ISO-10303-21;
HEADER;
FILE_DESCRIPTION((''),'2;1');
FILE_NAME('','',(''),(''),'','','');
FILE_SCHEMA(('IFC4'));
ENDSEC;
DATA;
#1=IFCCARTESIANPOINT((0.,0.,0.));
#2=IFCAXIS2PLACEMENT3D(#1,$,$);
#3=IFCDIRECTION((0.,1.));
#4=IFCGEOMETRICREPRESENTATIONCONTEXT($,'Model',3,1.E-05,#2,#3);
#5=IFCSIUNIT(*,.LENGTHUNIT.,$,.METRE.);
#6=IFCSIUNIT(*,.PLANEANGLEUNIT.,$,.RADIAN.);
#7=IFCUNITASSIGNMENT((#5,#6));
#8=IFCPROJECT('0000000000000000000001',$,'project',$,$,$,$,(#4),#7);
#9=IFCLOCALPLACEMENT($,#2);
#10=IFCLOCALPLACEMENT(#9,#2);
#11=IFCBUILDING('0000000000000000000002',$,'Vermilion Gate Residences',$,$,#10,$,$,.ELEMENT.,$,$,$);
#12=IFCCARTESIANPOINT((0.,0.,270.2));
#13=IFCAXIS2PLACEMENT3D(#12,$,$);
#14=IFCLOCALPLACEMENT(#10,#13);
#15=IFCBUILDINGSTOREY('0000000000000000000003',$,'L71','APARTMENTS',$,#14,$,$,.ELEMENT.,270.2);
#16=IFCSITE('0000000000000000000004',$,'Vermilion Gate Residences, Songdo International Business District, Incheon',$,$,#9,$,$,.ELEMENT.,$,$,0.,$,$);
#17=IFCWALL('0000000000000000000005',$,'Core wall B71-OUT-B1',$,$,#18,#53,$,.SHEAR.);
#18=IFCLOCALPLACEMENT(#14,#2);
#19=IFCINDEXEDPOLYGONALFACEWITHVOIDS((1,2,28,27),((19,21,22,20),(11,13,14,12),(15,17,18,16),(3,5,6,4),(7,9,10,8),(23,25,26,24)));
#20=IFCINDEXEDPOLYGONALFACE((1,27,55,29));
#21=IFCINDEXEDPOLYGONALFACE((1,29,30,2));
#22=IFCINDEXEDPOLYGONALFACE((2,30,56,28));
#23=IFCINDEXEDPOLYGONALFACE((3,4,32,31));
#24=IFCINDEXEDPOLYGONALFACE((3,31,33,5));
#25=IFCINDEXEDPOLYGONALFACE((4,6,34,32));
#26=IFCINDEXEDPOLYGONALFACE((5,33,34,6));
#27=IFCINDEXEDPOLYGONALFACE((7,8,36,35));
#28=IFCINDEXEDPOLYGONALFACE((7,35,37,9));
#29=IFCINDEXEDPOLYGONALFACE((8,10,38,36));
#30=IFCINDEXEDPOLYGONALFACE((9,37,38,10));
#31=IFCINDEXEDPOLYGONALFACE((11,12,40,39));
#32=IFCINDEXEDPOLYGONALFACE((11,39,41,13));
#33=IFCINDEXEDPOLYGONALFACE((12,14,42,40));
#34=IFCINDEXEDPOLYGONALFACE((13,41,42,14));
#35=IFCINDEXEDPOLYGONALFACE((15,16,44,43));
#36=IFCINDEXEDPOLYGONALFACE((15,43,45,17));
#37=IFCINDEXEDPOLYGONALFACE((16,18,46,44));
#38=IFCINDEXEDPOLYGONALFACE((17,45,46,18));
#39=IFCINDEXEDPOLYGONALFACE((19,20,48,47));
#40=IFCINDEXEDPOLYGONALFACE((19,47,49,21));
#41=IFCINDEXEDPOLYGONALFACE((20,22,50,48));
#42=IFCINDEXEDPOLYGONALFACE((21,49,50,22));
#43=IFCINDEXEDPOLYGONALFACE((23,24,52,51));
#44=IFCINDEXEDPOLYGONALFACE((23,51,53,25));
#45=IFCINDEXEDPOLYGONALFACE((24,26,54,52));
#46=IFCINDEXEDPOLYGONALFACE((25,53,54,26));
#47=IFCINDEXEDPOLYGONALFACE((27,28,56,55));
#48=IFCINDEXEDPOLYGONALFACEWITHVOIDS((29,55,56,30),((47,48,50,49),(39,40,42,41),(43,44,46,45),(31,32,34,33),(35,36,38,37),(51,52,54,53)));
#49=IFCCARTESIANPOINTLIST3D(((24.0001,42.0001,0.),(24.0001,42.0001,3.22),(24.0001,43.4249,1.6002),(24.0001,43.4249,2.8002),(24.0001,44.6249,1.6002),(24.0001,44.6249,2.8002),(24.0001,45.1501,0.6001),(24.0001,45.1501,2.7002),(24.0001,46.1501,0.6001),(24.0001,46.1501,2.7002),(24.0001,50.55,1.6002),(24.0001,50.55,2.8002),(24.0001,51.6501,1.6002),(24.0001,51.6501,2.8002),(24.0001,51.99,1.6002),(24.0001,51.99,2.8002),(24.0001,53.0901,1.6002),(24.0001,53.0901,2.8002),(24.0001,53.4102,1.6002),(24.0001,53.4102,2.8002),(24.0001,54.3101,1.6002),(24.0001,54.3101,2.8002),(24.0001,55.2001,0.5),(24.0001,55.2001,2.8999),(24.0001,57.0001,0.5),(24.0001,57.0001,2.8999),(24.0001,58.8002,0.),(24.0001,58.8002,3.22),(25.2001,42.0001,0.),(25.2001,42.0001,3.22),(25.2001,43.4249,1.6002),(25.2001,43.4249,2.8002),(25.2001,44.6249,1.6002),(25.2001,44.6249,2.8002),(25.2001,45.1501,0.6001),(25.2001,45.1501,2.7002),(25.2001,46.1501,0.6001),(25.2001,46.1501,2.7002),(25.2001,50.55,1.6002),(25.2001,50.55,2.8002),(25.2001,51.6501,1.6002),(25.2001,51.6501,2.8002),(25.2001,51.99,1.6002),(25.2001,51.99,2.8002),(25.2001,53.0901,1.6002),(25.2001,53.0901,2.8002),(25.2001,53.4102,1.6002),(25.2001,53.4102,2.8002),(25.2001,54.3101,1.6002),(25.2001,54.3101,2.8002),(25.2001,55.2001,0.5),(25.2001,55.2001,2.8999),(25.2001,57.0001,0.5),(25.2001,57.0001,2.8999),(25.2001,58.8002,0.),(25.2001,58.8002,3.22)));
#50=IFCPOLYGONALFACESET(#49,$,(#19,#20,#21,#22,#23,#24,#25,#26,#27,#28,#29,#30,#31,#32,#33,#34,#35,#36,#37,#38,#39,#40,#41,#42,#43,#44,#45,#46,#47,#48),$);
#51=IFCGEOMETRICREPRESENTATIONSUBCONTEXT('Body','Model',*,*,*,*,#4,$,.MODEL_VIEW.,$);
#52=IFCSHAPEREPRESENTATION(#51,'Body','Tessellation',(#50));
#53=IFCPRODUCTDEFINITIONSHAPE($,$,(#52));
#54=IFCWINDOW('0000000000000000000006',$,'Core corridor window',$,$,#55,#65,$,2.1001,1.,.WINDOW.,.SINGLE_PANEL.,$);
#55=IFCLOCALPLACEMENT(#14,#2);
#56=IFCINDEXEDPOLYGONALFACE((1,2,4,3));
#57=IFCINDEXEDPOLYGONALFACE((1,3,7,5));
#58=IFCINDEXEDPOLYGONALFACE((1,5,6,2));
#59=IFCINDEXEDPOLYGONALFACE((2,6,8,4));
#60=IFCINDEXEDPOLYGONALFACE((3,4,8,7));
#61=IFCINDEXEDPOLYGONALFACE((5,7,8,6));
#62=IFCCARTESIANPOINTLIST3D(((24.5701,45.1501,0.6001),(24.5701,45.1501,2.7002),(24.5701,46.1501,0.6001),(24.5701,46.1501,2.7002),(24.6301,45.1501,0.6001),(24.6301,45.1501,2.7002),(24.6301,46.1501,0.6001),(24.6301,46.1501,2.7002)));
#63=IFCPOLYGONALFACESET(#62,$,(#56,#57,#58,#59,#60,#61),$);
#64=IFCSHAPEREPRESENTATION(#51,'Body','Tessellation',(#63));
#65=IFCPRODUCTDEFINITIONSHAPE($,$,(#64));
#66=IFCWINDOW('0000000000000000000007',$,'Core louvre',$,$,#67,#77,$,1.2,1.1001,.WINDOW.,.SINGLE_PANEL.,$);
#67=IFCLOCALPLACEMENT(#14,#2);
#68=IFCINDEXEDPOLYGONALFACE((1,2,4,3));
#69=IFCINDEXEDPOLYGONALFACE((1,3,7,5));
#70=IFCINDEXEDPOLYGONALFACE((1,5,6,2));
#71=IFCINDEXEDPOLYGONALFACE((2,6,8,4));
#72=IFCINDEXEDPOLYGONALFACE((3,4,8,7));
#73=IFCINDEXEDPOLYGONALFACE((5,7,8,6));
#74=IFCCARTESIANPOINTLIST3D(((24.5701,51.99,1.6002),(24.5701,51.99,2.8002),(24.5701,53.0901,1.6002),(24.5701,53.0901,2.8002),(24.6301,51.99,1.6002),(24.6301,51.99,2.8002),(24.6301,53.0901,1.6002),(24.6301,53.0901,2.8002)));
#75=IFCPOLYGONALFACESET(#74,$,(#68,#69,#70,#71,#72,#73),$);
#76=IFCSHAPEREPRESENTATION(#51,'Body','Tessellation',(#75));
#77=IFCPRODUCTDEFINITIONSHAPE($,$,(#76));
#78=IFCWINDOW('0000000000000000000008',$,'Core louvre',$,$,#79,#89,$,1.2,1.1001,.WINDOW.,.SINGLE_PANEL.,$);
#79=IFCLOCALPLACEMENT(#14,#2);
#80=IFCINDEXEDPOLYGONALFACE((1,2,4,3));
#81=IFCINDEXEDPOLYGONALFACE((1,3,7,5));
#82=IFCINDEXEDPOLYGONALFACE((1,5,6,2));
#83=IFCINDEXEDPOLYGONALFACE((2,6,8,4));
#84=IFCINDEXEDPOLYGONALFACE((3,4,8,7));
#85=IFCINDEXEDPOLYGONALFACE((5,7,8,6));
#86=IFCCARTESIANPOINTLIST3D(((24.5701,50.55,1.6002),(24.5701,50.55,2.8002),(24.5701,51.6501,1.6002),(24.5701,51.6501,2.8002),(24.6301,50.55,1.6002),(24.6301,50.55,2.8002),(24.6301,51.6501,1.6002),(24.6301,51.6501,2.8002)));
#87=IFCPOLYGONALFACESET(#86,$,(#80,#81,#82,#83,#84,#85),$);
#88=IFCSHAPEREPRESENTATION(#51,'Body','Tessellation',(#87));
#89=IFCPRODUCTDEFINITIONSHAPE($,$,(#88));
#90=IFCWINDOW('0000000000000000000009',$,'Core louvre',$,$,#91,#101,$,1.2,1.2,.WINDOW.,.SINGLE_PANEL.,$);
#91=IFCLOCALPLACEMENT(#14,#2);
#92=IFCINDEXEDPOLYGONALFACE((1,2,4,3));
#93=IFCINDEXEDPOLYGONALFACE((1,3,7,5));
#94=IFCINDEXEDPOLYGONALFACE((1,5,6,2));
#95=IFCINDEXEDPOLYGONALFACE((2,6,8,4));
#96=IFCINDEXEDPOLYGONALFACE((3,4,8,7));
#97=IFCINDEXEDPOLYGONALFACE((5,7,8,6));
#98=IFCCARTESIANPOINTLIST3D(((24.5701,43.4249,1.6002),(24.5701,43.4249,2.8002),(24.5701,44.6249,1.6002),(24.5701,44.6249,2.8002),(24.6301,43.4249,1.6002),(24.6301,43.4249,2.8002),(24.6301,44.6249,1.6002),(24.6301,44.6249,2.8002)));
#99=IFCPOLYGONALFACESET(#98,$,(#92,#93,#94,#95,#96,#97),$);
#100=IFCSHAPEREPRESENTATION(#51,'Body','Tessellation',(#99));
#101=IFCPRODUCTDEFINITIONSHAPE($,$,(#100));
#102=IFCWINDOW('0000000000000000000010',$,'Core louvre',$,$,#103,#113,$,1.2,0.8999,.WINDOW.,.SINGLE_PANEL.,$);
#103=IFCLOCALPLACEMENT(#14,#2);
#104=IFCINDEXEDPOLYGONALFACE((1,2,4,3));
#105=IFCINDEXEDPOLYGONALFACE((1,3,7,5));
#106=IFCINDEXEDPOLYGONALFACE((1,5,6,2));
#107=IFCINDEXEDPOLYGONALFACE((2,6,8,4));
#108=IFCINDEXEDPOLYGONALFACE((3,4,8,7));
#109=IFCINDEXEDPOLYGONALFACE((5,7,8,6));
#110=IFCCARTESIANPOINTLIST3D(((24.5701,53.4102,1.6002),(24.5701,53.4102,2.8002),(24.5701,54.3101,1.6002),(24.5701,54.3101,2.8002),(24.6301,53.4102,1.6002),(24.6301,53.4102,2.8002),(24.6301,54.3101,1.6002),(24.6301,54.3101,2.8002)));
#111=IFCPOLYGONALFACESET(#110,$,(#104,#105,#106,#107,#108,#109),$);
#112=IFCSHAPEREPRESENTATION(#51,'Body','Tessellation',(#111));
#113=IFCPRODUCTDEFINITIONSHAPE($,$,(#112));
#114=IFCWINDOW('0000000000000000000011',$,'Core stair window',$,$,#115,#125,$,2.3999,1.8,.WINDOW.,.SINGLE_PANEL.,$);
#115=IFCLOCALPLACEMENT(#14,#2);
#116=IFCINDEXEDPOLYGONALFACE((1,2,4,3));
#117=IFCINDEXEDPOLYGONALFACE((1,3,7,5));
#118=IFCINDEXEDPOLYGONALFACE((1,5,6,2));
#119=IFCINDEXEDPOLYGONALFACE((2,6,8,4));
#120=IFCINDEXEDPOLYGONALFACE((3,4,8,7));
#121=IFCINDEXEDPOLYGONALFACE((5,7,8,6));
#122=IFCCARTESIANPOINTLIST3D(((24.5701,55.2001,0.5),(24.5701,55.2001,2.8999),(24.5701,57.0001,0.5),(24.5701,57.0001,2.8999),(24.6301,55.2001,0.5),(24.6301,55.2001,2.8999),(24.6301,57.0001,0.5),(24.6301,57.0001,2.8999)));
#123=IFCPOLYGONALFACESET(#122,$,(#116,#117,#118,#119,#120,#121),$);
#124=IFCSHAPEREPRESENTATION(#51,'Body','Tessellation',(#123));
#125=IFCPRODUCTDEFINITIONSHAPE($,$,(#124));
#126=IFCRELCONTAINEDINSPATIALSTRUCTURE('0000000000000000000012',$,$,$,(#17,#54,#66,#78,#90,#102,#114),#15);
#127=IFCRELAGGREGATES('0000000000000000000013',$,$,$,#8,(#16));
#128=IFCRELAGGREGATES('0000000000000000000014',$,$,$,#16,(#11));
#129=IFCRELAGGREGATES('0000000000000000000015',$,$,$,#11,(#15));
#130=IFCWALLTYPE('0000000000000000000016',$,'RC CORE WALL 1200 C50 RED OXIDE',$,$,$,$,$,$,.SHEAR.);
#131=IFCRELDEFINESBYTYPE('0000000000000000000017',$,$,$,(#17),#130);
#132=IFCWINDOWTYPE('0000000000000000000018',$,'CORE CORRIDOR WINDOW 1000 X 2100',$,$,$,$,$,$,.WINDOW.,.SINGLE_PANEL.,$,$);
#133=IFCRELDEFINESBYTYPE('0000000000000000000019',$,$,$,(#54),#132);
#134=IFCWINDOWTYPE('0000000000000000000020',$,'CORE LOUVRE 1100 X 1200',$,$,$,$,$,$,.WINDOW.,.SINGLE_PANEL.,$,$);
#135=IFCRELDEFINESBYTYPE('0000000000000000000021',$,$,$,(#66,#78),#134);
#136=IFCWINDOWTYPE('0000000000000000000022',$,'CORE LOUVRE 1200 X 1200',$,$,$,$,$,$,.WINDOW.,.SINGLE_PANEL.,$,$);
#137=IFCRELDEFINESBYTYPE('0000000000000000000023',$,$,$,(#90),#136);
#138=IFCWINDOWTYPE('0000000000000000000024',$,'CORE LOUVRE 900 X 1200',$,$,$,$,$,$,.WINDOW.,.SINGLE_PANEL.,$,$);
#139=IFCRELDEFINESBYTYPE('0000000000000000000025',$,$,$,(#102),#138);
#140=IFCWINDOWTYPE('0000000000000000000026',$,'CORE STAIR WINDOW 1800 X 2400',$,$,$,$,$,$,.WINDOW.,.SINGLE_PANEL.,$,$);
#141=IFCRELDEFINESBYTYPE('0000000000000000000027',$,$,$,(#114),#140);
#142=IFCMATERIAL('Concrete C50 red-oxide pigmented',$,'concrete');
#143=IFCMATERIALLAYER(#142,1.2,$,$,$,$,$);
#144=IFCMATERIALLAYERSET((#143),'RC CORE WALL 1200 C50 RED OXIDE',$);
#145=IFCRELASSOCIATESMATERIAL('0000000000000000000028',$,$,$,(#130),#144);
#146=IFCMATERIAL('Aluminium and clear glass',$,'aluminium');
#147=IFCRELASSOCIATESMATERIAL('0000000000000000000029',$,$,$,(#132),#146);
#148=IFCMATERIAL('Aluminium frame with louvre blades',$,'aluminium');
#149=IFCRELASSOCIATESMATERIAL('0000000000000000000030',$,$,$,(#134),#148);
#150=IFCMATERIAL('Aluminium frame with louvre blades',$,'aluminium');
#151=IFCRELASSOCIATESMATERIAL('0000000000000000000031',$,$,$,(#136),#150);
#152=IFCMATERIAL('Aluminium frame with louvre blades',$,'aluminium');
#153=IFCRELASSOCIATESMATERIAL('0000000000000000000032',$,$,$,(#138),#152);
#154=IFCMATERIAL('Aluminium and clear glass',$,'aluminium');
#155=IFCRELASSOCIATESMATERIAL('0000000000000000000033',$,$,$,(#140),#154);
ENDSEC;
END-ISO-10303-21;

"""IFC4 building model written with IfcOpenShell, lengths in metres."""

from ifc_helpers import new_model, si_unit, direction, frame, frame_2d, origin, place, context, subcontext, project, spatial, rectangle, extrude, material, layer, layer_set, type_object, element, fill, save


model = new_model("IFC4")

# Units and contexts
model_context = context("Model", 3, precision=1e-05, world=origin(), true_north=direction((0.0, 1.0)))
body_context = subcontext(model_context, "Body", "Model", "MODEL_VIEW")
ifc_project = project(units=[si_unit("LENGTHUNIT", "METRE"), si_unit("PLANEANGLEUNIT", "RADIAN")], contexts=[model_context])

# Site, building, storey
site_placement = place(None, origin())
site = spatial("IfcSite", under=ifc_project, at=site_placement, Name="Vermilion Gate Residences, Songdo International Business District, Incheon", CompositionType="ELEMENT", RefElevation=0.0)
building_placement = place(site_placement, origin())
building = spatial("IfcBuilding", under=site, at=building_placement, Name="Vermilion Gate Residences", CompositionType="ELEMENT")
storey_placement = place(building_placement, frame((0.0, 0.0, 270.2)))
storey = spatial("IfcBuildingStorey", under=building, at=storey_placement, Name="L71", Description="APARTMENTS", CompositionType="ELEMENT", Elevation=270.2)

# Wall, openings, windows
ifc_material_1 = material(Name="Concrete C50 red-oxide pigmented", Category="concrete")
ifc_layer_1 = layer(ifc_material_1, 1.2)
ifc_layer_set_1 = layer_set([ifc_layer_1], Name="RC CORE WALL 1200 C50 RED OXIDE")
wall_type_1 = type_object("IfcWallType", Name="RC CORE WALL 1200 C50 RED OXIDE", PredefinedType="SHEAR", material=ifc_layer_set_1)
wall_placement = place(storey_placement, frame((24.6001, 58.8, 0.0), z_axis=(0.0, 0.0, 1.0), x_axis=(0.0, -1.0, 0.0)))
wall = element("IfcWall", 1, at=wall_placement, inside=storey, type_object=wall_type_1, Name="Core wall B71-OUT-B1", PredefinedType="SHEAR", context=body_context, shape_type="SweptSolid", body=[
    extrude(rectangle(XDim=16.8, YDim=1.2, at=frame_2d((8.3999, 0.0))), origin(), (0.0, 0.0, 1.0), 3.22),
])
opening_1_placement = place(wall_placement, frame((1.8, 0.0, 0.5)))
opening_1 = element("IfcOpeningElement", 2, at=opening_1_placement, cuts=wall, PredefinedType="OPENING", context=body_context, shape_type="SweptSolid", body=[
    extrude(rectangle(XDim=1.8, YDim=2.3999, at=frame_2d((0.8999, 1.2))), frame((0.0, 0.6099, 0.0), z_axis=(0.0, -1.0, 0.0), x_axis=(1.0, 0.0, 0.0)), (0.0, 0.0, 1.0), 1.22),
])
opening_2_placement = place(wall_placement, frame((4.49, 0.0, 1.6001)))
opening_2 = element("IfcOpeningElement", 3, at=opening_2_placement, cuts=wall, PredefinedType="OPENING", context=body_context, shape_type="SweptSolid", body=[
    extrude(rectangle(XDim=0.8999, YDim=1.2, at=frame_2d((0.45, 0.6001))), frame((0.0, 0.6099, 0.0), z_axis=(0.0, -1.0, 0.0), x_axis=(1.0, 0.0, 0.0)), (0.0, 0.0, 1.0), 1.22),
])
opening_3_placement = place(wall_placement, frame((5.71, 0.0, 1.6001)))
opening_3 = element("IfcOpeningElement", 4, at=opening_3_placement, cuts=wall, PredefinedType="OPENING", context=body_context, shape_type="SweptSolid", body=[
    extrude(rectangle(XDim=1.1001, YDim=1.2, at=frame_2d((0.55, 0.6001))), frame((0.0, 0.6099, 0.0), z_axis=(0.0, -1.0, 0.0), x_axis=(1.0, 0.0, 0.0)), (0.0, 0.0, 1.0), 1.22),
])
opening_4_placement = place(wall_placement, frame((7.1499, 0.0, 1.6001)))
opening_4 = element("IfcOpeningElement", 5, at=opening_4_placement, cuts=wall, PredefinedType="OPENING", context=body_context, shape_type="SweptSolid", body=[
    extrude(rectangle(XDim=1.1001, YDim=1.2, at=frame_2d((0.55, 0.6001))), frame((0.0, 0.6099, 0.0), z_axis=(0.0, -1.0, 0.0), x_axis=(1.0, 0.0, 0.0)), (0.0, 0.0, 1.0), 1.22),
])
opening_5_placement = place(wall_placement, frame((12.6499, 0.0, 0.6001)))
opening_5 = element("IfcOpeningElement", 6, at=opening_5_placement, cuts=wall, PredefinedType="OPENING", context=body_context, shape_type="SweptSolid", body=[
    extrude(rectangle(XDim=1.0, YDim=2.1001, at=frame_2d((0.5, 1.05))), frame((0.0, 0.6099, 0.0), z_axis=(0.0, -1.0, 0.0), x_axis=(1.0, 0.0, 0.0)), (0.0, 0.0, 1.0), 1.22),
])
opening_6_placement = place(wall_placement, frame((14.175, 0.0, 1.6001)))
opening_6 = element("IfcOpeningElement", 7, at=opening_6_placement, cuts=wall, PredefinedType="OPENING", context=body_context, shape_type="SweptSolid", body=[
    extrude(rectangle(XDim=1.2, YDim=1.2, at=frame_2d((0.6001, 0.6001))), frame((0.0, 0.6099, 0.0), z_axis=(0.0, -1.0, 0.0), x_axis=(1.0, 0.0, 0.0)), (0.0, 0.0, 1.0), 1.22),
])
ifc_material_2 = material(Name="Aluminium and clear glass", Category="aluminium")
window_type_1 = type_object("IfcWindowType", Name="CORE CORRIDOR WINDOW 1000 X 2100", PartitioningType="SINGLE_PANEL", PredefinedType="WINDOW", material=ifc_material_2)
window_1_placement = place(opening_5_placement, origin())
window_1 = element("IfcWindow", 8, at=window_1_placement, inside=storey, type_object=window_type_1, Name="Core corridor window", OverallHeight=2.1001, OverallWidth=1.0, PartitioningType="SINGLE_PANEL", PredefinedType="WINDOW", context=body_context, shape_type="SweptSolid", body=[
    extrude(rectangle(XDim=1.0, YDim=2.1001, at=frame_2d((0.5, 1.05))), frame((0.0, 0.03, 0.0), z_axis=(0.0, -1.0, 0.0), x_axis=(1.0, 0.0, 0.0)), (0.0, 0.0, 1.0), 0.0601),
])
fill(opening_5, window_1)
ifc_material_3 = material(Name="Aluminium frame with louvre blades", Category="aluminium")
window_type_2 = type_object("IfcWindowType", Name="CORE LOUVRE 1100 X 1200", PartitioningType="SINGLE_PANEL", PredefinedType="WINDOW", material=ifc_material_3)
window_2_placement = place(opening_3_placement, origin())
window_2 = element("IfcWindow", 9, at=window_2_placement, inside=storey, type_object=window_type_2, Name="Core louvre", OverallHeight=1.2, OverallWidth=1.1001, PartitioningType="SINGLE_PANEL", PredefinedType="WINDOW", context=body_context, shape_type="SweptSolid", body=[
    extrude(rectangle(XDim=1.1001, YDim=1.2, at=frame_2d((0.55, 0.6001))), frame((0.0, 0.03, 0.0), z_axis=(0.0, -1.0, 0.0), x_axis=(1.0, 0.0, 0.0)), (0.0, 0.0, 1.0), 0.0601),
])
fill(opening_3, window_2)
window_3_placement = place(opening_4_placement, origin())
window_3 = element("IfcWindow", 10, at=window_3_placement, inside=storey, type_object=window_type_2, Name="Core louvre", OverallHeight=1.2, OverallWidth=1.1001, PartitioningType="SINGLE_PANEL", PredefinedType="WINDOW", context=body_context, shape_type="SweptSolid", body=[
    extrude(rectangle(XDim=1.1001, YDim=1.2, at=frame_2d((0.55, 0.6001))), frame((0.0, 0.03, 0.0), z_axis=(0.0, -1.0, 0.0), x_axis=(1.0, 0.0, 0.0)), (0.0, 0.0, 1.0), 0.0601),
])
fill(opening_4, window_3)
ifc_material_4 = material(Name="Aluminium frame with louvre blades", Category="aluminium")
window_type_3 = type_object("IfcWindowType", Name="CORE LOUVRE 1200 X 1200", PartitioningType="SINGLE_PANEL", PredefinedType="WINDOW", material=ifc_material_4)
window_4_placement = place(opening_6_placement, origin())
window_4 = element("IfcWindow", 11, at=window_4_placement, inside=storey, type_object=window_type_3, Name="Core louvre", OverallHeight=1.2, OverallWidth=1.2, PartitioningType="SINGLE_PANEL", PredefinedType="WINDOW", context=body_context, shape_type="SweptSolid", body=[
    extrude(rectangle(XDim=1.2, YDim=1.2, at=frame_2d((0.6001, 0.6001))), frame((0.0, 0.03, 0.0), z_axis=(0.0, -1.0, 0.0), x_axis=(1.0, 0.0, 0.0)), (0.0, 0.0, 1.0), 0.0601),
])
fill(opening_6, window_4)
ifc_material_5 = material(Name="Aluminium frame with louvre blades", Category="aluminium")
window_type_4 = type_object("IfcWindowType", Name="CORE LOUVRE 900 X 1200", PartitioningType="SINGLE_PANEL", PredefinedType="WINDOW", material=ifc_material_5)
window_5_placement = place(opening_2_placement, origin())
window_5 = element("IfcWindow", 12, at=window_5_placement, inside=storey, type_object=window_type_4, Name="Core louvre", OverallHeight=1.2, OverallWidth=0.8999, PartitioningType="SINGLE_PANEL", PredefinedType="WINDOW", context=body_context, shape_type="SweptSolid", body=[
    extrude(rectangle(XDim=0.8999, YDim=1.2, at=frame_2d((0.45, 0.6001))), frame((0.0, 0.03, 0.0), z_axis=(0.0, -1.0, 0.0), x_axis=(1.0, 0.0, 0.0)), (0.0, 0.0, 1.0), 0.0601),
])
fill(opening_2, window_5)
ifc_material_6 = material(Name="Aluminium and clear glass", Category="aluminium")
window_type_5 = type_object("IfcWindowType", Name="CORE STAIR WINDOW 1800 X 2400", PartitioningType="SINGLE_PANEL", PredefinedType="WINDOW", material=ifc_material_6)
window_6_placement = place(opening_1_placement, origin())
window_6 = element("IfcWindow", 13, at=window_6_placement, inside=storey, type_object=window_type_5, Name="Core stair window", OverallHeight=2.3999, OverallWidth=1.8, PartitioningType="SINGLE_PANEL", PredefinedType="WINDOW", context=body_context, shape_type="SweptSolid", body=[
    extrude(rectangle(XDim=1.8, YDim=2.3999, at=frame_2d((0.8999, 1.2))), frame((0.0, 0.03, 0.0), z_axis=(0.0, -1.0, 0.0), x_axis=(1.0, 0.0, 0.0)), (0.0, 0.0, 1.0), 0.0601),
])
fill(opening_1, window_6)

save(model, "model.ifc")
